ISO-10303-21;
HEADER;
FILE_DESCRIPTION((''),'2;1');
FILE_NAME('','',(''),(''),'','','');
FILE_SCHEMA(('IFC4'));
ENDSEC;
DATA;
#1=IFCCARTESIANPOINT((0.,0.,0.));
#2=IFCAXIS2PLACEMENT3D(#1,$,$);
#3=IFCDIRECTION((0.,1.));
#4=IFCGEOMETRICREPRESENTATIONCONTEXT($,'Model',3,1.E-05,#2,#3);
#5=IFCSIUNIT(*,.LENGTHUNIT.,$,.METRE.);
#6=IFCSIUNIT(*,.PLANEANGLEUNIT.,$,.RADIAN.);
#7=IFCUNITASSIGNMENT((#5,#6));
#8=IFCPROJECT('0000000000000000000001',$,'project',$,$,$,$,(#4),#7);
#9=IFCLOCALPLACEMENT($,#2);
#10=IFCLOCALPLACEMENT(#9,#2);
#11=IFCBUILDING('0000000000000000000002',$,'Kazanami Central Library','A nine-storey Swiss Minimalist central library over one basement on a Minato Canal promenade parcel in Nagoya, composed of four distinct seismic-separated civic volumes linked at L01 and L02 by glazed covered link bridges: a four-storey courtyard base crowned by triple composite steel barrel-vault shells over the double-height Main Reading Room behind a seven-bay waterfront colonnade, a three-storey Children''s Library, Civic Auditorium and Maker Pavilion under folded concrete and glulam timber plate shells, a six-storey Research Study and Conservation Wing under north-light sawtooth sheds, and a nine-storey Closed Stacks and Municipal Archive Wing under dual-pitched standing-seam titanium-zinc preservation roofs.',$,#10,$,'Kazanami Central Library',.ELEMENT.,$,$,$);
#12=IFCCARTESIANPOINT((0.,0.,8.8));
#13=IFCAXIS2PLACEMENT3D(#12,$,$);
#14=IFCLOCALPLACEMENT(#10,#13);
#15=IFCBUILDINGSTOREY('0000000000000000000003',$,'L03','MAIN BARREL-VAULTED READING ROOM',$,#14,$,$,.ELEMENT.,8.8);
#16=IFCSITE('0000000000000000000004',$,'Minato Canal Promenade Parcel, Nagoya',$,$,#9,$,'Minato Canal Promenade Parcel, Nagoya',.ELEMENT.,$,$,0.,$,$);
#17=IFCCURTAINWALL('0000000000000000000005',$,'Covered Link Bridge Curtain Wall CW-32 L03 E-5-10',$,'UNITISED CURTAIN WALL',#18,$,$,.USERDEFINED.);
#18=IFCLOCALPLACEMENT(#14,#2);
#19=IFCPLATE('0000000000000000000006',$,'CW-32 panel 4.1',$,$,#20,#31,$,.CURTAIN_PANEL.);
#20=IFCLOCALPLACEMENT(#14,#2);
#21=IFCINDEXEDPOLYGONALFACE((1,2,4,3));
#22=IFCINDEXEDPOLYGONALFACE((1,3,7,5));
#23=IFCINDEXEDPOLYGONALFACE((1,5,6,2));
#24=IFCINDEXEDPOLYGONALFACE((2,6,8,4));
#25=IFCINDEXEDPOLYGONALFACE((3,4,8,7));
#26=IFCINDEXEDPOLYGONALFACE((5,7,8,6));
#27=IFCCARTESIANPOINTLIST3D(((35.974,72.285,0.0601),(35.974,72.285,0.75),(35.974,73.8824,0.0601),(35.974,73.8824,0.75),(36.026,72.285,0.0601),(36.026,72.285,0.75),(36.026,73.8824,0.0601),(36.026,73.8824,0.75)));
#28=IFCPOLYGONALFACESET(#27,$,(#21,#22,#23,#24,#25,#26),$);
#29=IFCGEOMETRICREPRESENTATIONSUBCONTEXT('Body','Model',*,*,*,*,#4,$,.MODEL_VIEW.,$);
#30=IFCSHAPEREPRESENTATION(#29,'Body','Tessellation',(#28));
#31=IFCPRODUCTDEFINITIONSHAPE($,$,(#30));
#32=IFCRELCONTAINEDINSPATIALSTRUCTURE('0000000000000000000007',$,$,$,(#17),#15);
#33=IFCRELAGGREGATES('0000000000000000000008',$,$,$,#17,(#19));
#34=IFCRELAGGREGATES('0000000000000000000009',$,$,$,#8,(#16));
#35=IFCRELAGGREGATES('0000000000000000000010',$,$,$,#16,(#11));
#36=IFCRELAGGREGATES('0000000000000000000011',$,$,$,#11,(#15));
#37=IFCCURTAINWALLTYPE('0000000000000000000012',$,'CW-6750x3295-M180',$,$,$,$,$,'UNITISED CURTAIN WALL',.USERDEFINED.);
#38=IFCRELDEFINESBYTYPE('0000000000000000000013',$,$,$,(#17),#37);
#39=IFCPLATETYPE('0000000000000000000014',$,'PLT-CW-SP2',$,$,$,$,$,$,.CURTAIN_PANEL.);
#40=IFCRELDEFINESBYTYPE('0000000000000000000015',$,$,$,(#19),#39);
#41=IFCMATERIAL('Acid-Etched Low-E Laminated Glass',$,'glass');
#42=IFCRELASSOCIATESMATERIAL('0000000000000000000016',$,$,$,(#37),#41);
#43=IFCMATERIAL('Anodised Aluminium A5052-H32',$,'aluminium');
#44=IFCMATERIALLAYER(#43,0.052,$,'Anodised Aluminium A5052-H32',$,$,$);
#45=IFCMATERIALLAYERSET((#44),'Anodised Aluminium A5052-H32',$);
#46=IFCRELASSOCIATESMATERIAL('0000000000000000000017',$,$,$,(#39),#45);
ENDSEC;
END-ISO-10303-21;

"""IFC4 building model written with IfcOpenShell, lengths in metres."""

from ifc_helpers import new_model, si_unit, direction, frame, origin, origin_2d, place, context, subcontext, project, spatial, rectangle, extrude, material, layer, layer_set, type_object, element, aggregate, save


model = new_model("IFC4")

# Units and contexts
model_context = context("Model", 3, precision=1e-05, world=origin(), true_north=direction((0.0, 1.0)))
body_context = subcontext(model_context, "Body", "Model", "MODEL_VIEW")
ifc_project = project(units=[si_unit("LENGTHUNIT", "METRE"), si_unit("PLANEANGLEUNIT", "RADIAN")], contexts=[model_context])

# Site, building, storey
site_placement = place(None, origin())
site = spatial("IfcSite", under=ifc_project, at=site_placement, Name="Minato Canal Promenade Parcel, Nagoya", LongName="Minato Canal Promenade Parcel, Nagoya", CompositionType="ELEMENT", RefElevation=0.0)
building_placement = place(site_placement, origin())
building = spatial("IfcBuilding", under=site, at=building_placement, Name="Kazanami Central Library", Description="A nine-storey Swiss Minimalist central library over one basement on a Minato Canal promenade parcel in Nagoya, composed of four distinct seismic-separated civic volumes linked at L01 and L02 by glazed covered link bridges: a four-storey courtyard base crowned by triple composite steel barrel-vault shells over the double-height Main Reading Room behind a seven-bay waterfront colonnade, a three-storey Children's Library, Civic Auditorium and Maker Pavilion under folded concrete and glulam timber plate shells, a six-storey Research Study and Conservation Wing under north-light sawtooth sheds, and a nine-storey Closed Stacks and Municipal Archive Wing under dual-pitched standing-seam titanium-zinc preservation roofs.", LongName="Kazanami Central Library", CompositionType="ELEMENT")
storey_placement = place(building_placement, frame((0.0, 0.0, 8.8)))
storey = spatial("IfcBuildingStorey", under=building, at=storey_placement, Name="L03", Description="MAIN BARREL-VAULTED READING ROOM", CompositionType="ELEMENT", Elevation=8.8)

# Curtain wall
ifc_material_1 = material(Name="Acid-Etched Low-E Laminated Glass", Category="glass")
curtain_wall_type = type_object("IfcCurtainWallType", Name="CW-6750x3295-M180", ElementType="UNITISED CURTAIN WALL", PredefinedType="USERDEFINED", material=ifc_material_1)
curtain_wall_1_placement = place(storey_placement, origin())
curtain_wall_1 = element("IfcCurtainWall", 1, at=curtain_wall_1_placement, inside=storey, type_object=curtain_wall_type, Name="Covered Link Bridge Curtain Wall CW-32 L03 E-5-10", ObjectType="UNITISED CURTAIN WALL", PredefinedType="USERDEFINED")

# Plate
ifc_material_2 = material(Name="Anodised Aluminium A5052-H32", Category="aluminium")
ifc_layer_1 = layer(ifc_material_2, 0.052, Name="Anodised Aluminium A5052-H32")
ifc_layer_set_1 = layer_set([ifc_layer_1], Name="Anodised Aluminium A5052-H32")
plate_type_1 = type_object("IfcPlateType", Name="PLT-CW-SP2", PredefinedType="CURTAIN_PANEL", material=ifc_layer_set_1)
plate_1_placement = place(storey_placement, frame((36.0, 73.0837, 0.0601), z_axis=(0.0, 0.0, 1.0), x_axis=(0.0, -1.0, 0.0)))
plate_1 = element("IfcPlate", 2, at=plate_1_placement, type_object=plate_type_1, Name="CW-32 panel 4.1", PredefinedType="CURTAIN_PANEL", context=body_context, shape_type="SweptSolid", body=[
    extrude(rectangle(XDim=1.5974, YDim=0.052, at=origin_2d()), origin(), (0.0, 0.0, 1.0), 0.6899),
])
aggregate(curtain_wall_1, [plate_1])

save(model, "model.ifc")
